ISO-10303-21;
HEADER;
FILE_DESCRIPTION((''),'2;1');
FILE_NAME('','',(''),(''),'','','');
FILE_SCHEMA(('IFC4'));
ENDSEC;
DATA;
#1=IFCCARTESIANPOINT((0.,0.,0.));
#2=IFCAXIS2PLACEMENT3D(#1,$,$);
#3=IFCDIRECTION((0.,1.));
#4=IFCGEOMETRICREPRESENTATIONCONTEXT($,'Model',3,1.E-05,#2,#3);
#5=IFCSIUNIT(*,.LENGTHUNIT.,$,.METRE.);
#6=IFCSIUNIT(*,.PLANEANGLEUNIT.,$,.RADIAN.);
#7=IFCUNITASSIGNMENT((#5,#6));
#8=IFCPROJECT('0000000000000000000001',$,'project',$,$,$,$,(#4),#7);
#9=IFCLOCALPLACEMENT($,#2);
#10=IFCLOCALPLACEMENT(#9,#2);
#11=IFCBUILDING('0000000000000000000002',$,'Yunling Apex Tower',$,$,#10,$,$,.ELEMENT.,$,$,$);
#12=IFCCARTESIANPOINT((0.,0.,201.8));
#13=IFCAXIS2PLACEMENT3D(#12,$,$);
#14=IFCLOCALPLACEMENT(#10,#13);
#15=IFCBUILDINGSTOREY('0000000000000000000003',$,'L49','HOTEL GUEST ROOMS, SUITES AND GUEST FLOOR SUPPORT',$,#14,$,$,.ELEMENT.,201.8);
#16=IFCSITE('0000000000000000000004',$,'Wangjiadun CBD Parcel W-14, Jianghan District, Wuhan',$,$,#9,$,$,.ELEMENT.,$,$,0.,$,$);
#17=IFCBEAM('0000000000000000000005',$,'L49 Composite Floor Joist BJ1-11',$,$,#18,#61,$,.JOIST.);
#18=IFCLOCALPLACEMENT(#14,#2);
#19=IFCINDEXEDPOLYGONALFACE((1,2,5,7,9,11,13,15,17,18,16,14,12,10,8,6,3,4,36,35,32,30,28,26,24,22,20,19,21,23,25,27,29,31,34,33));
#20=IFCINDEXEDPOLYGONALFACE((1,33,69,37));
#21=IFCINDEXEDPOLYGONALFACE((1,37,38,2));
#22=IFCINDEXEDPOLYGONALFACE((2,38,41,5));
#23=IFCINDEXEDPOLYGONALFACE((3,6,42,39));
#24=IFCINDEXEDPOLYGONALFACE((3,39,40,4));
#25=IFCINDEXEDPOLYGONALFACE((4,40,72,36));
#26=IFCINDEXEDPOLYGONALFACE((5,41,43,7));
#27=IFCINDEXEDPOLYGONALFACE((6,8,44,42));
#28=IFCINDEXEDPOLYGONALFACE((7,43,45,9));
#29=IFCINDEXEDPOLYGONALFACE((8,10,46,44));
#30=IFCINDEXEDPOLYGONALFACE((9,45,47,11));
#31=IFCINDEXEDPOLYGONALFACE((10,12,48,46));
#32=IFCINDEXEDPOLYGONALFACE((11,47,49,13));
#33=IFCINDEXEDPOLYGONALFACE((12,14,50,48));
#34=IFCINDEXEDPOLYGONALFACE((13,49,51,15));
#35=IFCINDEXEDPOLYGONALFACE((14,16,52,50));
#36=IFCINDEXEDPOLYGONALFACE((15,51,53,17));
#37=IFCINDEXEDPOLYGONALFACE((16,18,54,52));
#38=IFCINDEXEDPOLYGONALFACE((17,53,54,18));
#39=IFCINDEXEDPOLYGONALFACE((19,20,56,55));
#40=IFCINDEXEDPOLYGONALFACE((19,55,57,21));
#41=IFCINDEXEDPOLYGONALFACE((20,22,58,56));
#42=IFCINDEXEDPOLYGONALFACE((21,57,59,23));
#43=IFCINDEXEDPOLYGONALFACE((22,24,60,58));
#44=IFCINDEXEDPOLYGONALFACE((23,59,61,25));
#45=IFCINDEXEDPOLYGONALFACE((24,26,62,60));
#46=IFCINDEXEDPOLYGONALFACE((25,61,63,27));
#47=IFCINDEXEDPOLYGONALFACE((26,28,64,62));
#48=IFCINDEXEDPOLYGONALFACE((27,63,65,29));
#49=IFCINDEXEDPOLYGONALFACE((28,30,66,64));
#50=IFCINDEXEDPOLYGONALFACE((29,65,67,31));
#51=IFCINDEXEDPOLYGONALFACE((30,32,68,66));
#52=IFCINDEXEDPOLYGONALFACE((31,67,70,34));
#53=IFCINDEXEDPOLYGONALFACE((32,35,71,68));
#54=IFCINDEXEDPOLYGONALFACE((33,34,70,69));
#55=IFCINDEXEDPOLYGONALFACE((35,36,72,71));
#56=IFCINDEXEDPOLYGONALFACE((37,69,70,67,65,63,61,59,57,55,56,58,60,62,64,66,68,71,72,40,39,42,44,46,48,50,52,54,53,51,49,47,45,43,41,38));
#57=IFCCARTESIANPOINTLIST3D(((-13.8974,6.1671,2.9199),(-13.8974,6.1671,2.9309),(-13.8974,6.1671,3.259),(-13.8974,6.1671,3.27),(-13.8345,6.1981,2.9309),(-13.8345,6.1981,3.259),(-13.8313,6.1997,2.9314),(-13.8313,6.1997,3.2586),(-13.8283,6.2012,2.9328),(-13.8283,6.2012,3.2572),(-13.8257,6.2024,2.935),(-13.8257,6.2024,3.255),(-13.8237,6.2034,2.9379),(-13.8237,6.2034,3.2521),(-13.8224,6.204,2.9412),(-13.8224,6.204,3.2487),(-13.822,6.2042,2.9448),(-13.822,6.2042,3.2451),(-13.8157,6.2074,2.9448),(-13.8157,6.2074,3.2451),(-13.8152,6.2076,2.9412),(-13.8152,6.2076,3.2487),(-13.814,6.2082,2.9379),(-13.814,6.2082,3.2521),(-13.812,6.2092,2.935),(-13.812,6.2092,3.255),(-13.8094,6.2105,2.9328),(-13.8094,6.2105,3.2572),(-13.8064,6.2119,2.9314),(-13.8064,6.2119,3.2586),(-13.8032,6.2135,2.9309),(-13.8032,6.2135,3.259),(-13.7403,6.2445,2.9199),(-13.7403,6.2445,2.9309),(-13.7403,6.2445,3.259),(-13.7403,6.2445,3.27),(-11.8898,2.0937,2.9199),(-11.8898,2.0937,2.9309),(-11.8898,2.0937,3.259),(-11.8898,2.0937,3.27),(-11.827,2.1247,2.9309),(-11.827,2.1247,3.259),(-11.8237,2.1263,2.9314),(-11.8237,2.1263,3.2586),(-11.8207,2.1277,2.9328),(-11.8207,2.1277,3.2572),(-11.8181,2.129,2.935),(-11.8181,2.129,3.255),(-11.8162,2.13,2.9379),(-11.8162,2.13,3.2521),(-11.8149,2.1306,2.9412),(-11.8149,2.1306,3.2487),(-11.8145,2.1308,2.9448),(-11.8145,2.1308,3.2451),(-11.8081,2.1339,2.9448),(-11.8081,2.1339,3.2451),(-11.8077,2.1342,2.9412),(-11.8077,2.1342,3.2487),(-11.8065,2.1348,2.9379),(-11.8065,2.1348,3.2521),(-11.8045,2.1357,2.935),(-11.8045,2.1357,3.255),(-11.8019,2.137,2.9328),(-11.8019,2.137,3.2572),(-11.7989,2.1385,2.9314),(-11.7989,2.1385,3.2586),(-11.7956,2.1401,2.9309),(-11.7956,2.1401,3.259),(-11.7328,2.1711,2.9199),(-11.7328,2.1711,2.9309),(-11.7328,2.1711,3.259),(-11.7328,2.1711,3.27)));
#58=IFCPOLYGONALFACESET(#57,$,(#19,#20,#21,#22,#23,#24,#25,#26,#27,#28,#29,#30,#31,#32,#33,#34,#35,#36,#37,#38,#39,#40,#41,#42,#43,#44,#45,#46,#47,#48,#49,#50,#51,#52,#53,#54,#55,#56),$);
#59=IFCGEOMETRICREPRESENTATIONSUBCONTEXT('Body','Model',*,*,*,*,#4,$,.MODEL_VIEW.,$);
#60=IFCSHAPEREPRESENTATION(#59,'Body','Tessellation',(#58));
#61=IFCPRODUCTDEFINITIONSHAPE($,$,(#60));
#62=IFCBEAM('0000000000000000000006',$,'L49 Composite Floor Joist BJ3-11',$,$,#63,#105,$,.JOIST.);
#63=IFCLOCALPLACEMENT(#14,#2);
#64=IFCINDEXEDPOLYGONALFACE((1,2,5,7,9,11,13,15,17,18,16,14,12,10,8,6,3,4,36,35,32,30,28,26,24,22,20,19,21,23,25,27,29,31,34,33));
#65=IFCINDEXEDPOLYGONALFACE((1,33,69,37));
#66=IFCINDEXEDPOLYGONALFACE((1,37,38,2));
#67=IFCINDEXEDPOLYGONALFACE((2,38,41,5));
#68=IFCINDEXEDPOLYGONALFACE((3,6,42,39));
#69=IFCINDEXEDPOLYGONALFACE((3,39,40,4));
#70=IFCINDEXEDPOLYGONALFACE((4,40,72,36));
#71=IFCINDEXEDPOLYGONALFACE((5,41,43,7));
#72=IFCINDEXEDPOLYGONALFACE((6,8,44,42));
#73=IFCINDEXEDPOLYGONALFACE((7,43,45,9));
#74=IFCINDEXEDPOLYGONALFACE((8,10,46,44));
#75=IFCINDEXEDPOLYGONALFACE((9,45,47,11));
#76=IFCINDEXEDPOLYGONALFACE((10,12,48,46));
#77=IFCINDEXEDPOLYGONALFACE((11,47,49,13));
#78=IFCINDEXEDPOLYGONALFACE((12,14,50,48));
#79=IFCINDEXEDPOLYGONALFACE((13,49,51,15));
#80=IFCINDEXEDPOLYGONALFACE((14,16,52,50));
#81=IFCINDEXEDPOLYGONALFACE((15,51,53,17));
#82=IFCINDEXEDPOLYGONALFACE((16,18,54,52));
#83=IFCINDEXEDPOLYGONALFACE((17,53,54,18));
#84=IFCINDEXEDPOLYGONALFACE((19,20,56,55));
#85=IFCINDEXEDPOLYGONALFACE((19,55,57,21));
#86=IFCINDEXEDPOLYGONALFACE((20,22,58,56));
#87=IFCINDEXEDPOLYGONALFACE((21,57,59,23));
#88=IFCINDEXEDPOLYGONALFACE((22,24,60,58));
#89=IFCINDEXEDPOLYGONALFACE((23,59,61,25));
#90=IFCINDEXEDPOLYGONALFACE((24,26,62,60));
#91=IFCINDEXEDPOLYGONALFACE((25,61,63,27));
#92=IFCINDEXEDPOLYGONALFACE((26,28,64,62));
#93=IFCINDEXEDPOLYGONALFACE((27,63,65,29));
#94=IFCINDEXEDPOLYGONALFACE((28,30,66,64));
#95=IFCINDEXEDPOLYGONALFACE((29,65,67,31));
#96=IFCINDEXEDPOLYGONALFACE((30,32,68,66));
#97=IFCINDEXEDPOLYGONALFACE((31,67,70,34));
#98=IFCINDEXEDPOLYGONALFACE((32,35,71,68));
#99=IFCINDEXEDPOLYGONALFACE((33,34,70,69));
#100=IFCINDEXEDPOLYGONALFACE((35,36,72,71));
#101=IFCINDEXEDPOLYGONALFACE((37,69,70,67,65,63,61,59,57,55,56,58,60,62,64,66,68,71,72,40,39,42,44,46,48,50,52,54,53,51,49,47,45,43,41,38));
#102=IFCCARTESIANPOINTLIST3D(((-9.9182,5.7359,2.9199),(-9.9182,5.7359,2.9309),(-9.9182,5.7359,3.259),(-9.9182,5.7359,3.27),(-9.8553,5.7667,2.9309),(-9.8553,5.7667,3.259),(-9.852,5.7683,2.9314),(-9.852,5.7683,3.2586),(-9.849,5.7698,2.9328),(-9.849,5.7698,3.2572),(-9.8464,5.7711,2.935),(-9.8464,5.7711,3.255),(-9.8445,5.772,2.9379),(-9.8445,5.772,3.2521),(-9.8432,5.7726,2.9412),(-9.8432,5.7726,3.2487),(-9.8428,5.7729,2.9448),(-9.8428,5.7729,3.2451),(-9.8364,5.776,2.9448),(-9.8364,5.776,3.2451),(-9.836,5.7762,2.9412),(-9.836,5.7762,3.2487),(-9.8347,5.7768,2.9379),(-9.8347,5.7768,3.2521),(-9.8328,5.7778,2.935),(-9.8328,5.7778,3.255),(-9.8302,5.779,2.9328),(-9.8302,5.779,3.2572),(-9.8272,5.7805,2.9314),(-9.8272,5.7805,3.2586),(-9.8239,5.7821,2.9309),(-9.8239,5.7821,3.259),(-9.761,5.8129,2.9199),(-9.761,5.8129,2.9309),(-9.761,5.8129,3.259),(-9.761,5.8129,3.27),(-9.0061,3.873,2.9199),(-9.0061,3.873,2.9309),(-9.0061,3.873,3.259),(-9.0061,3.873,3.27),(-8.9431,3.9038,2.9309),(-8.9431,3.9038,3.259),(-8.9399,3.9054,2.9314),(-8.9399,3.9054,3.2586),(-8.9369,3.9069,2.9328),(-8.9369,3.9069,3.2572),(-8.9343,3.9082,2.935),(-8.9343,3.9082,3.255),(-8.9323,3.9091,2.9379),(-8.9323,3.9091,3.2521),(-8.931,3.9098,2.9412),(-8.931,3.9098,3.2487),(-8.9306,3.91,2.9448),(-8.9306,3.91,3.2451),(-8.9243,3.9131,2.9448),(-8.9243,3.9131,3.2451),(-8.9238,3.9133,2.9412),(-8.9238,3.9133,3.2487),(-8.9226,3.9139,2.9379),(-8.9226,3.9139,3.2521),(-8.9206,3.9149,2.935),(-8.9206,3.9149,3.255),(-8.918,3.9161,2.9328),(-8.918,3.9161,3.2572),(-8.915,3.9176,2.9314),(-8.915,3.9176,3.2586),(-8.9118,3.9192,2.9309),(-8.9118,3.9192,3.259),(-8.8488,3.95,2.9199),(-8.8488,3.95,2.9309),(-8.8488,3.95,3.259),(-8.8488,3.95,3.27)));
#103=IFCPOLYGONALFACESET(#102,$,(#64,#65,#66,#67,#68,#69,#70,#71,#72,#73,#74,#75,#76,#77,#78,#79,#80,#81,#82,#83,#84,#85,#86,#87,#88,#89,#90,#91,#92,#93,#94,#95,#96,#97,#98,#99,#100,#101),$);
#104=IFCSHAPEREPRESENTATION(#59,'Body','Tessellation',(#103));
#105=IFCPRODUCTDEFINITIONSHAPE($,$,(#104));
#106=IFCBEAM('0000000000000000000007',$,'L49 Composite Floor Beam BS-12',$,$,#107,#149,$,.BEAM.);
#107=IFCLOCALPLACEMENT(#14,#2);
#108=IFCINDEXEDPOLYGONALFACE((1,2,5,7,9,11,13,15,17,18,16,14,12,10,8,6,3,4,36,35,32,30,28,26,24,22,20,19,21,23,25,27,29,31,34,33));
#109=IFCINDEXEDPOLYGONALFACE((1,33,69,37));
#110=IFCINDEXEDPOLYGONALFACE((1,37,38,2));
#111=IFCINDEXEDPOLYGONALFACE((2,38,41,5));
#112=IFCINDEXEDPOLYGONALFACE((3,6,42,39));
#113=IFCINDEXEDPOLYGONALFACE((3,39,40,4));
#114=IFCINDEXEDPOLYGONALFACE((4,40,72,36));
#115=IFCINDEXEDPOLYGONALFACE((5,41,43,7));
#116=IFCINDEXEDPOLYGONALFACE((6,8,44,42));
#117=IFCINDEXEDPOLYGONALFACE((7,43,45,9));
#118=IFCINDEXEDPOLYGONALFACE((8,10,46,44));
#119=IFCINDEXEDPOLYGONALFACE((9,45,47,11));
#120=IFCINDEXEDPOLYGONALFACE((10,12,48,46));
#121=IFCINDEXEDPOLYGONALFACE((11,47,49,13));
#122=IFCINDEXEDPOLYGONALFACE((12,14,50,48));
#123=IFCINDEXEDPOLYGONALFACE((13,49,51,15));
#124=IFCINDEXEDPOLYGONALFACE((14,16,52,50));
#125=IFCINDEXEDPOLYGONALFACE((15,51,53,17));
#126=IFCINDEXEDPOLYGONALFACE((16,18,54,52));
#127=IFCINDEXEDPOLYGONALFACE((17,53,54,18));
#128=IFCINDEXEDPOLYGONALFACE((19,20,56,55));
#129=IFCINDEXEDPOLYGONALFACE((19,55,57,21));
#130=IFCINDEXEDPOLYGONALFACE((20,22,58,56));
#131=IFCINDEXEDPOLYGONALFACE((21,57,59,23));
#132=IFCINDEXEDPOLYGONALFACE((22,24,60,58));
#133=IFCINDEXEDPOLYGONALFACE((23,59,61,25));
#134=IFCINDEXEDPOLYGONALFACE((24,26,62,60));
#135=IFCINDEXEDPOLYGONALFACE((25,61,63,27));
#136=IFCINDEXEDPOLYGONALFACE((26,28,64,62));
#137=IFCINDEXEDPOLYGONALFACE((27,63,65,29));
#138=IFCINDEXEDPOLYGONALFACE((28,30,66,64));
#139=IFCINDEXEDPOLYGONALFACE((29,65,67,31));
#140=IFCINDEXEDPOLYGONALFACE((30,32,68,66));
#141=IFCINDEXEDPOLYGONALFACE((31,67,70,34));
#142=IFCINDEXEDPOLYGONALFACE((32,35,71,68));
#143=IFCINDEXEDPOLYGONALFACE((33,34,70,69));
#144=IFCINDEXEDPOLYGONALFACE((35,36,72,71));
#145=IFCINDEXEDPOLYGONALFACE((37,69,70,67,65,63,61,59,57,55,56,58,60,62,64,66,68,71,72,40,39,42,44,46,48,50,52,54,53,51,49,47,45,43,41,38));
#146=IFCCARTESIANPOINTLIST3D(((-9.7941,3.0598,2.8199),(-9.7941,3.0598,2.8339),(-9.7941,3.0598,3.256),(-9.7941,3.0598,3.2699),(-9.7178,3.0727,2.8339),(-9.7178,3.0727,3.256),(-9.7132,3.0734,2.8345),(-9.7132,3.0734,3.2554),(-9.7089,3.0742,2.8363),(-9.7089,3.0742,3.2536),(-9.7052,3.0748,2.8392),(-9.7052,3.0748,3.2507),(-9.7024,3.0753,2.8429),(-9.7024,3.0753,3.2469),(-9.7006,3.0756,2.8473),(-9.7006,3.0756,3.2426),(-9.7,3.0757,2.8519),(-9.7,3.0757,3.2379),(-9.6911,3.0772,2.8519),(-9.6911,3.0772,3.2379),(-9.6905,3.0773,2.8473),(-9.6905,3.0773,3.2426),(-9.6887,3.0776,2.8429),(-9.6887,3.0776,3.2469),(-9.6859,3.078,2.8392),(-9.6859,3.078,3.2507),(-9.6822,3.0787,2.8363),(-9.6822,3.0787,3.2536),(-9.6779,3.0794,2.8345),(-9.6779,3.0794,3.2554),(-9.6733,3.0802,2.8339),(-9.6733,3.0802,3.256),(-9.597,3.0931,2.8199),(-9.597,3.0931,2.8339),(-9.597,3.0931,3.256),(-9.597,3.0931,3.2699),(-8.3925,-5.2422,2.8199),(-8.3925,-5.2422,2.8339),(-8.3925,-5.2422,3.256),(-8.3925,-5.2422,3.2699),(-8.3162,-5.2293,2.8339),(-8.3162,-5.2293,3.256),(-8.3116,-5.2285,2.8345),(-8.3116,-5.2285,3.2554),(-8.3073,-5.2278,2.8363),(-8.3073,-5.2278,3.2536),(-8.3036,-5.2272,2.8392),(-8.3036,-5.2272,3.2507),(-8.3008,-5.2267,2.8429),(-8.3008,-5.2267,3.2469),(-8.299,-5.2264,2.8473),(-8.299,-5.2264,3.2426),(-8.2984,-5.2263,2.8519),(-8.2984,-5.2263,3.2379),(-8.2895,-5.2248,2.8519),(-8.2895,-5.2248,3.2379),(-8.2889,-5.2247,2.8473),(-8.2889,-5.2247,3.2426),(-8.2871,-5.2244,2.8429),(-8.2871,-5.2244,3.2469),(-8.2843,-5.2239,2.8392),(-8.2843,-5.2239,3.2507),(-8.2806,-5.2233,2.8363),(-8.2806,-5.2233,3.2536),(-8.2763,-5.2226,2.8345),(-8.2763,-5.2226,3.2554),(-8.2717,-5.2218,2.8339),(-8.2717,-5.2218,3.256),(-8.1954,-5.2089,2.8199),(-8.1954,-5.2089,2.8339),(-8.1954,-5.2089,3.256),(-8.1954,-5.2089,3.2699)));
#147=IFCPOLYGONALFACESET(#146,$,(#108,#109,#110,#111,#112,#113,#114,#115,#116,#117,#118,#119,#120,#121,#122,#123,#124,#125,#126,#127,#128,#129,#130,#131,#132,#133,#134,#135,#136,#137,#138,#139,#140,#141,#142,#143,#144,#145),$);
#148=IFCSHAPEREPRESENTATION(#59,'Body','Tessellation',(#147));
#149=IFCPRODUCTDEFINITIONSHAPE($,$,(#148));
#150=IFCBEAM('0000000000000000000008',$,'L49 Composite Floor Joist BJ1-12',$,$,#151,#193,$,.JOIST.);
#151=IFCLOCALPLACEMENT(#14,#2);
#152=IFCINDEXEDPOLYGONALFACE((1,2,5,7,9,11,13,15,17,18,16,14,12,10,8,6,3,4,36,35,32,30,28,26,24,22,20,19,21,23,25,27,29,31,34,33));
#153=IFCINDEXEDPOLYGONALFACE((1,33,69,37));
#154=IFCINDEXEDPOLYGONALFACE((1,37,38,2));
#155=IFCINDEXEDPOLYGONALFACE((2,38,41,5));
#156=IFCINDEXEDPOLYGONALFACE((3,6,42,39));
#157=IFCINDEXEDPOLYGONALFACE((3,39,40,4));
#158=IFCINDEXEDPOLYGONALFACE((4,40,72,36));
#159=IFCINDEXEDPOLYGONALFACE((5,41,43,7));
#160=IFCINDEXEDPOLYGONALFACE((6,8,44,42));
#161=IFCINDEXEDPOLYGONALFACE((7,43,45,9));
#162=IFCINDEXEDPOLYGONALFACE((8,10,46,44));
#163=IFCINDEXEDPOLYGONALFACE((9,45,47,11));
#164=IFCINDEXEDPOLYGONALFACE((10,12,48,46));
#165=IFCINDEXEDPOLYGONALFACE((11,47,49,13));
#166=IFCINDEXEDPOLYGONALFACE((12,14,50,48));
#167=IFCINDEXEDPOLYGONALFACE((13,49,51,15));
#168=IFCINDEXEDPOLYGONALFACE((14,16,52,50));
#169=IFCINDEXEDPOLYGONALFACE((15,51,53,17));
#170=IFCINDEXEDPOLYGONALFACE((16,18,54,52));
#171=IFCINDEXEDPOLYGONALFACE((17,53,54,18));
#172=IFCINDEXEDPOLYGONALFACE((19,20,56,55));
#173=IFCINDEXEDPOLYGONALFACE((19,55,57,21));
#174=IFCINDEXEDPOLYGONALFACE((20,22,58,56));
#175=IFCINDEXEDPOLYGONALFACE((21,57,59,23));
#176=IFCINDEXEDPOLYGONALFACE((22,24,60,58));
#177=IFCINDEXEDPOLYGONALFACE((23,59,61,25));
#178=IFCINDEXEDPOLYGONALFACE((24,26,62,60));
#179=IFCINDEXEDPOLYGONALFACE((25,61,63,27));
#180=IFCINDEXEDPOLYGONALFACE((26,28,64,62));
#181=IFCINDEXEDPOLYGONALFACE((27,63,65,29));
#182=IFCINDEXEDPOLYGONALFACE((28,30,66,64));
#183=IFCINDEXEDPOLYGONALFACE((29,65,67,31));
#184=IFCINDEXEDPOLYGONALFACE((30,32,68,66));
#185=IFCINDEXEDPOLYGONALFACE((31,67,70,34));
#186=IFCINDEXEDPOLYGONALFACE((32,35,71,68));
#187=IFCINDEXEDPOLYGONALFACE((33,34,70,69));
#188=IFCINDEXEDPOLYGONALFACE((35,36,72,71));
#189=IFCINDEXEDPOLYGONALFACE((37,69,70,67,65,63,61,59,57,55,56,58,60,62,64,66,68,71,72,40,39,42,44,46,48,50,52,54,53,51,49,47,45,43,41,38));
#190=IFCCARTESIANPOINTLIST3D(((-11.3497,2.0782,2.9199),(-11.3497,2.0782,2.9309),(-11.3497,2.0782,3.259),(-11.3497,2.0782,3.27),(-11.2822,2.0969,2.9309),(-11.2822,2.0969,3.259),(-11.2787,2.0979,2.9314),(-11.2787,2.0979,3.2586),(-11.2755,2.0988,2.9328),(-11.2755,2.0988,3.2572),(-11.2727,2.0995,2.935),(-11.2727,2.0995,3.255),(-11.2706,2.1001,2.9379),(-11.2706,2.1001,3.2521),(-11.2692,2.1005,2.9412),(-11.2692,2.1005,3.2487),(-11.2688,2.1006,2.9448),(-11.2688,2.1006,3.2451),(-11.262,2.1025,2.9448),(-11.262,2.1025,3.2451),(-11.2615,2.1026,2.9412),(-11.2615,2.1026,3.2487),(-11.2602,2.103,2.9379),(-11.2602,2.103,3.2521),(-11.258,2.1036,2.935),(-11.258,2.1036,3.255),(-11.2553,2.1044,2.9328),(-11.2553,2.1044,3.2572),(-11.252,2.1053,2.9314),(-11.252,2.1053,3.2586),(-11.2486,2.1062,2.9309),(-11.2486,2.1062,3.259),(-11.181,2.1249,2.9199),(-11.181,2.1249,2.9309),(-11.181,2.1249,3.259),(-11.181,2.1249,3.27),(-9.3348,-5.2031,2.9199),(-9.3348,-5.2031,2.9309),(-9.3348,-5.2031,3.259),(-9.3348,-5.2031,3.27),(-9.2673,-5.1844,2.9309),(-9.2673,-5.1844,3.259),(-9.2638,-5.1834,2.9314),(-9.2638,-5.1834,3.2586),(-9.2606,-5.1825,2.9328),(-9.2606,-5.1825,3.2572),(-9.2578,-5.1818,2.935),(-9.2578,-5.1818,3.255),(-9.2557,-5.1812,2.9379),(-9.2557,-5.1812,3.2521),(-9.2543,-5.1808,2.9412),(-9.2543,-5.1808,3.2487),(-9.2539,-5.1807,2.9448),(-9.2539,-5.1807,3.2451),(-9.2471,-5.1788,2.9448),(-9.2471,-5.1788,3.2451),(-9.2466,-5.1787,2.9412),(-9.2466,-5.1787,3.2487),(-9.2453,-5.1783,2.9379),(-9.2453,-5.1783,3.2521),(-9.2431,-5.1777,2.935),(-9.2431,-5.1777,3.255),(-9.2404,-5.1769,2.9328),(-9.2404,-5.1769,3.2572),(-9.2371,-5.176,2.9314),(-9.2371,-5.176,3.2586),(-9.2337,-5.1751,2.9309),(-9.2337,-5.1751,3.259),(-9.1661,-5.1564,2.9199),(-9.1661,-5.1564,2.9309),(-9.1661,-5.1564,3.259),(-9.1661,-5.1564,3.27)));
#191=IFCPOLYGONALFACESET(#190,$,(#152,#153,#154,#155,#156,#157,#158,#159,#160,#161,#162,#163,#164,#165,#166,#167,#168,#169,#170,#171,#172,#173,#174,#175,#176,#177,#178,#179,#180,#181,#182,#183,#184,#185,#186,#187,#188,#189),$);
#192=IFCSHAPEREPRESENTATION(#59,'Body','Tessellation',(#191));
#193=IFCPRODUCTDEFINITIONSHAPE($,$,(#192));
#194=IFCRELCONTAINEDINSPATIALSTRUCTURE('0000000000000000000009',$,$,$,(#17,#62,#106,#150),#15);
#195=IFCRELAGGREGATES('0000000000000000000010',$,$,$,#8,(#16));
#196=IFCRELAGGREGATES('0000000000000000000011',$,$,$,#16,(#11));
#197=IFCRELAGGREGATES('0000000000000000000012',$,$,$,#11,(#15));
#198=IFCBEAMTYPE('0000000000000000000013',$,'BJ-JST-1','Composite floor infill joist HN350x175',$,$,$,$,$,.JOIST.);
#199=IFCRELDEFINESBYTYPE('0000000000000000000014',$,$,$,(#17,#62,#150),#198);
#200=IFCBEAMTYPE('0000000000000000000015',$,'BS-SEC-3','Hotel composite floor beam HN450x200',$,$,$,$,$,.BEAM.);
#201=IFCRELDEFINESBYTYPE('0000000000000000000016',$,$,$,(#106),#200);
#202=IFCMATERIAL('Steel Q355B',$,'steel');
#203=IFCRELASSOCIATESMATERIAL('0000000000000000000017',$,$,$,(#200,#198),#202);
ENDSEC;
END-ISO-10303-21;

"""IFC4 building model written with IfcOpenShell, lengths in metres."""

from ifc_helpers import new_model, si_unit, direction, frame, origin, origin_2d, place, context, subcontext, project, spatial, i_section, extrude, source, transform, mapped, material, material_profile, profile_set, type_object, element, save


model = new_model("IFC4")

# Units and contexts
model_context = context("Model", 3, precision=1e-05, world=origin(), true_north=direction((0.0, 1.0)))
body_context = subcontext(model_context, "Body", "Model", "MODEL_VIEW")
ifc_project = project(units=[si_unit("LENGTHUNIT", "METRE"), si_unit("PLANEANGLEUNIT", "RADIAN")], contexts=[model_context])

# Site, building, storey
site_placement = place(None, origin())
site = spatial("IfcSite", under=ifc_project, at=site_placement, Name="Wangjiadun CBD Parcel W-14, Jianghan District, Wuhan", CompositionType="ELEMENT", RefElevation=0.0)
building_placement = place(site_placement, origin())
building = spatial("IfcBuilding", under=site, at=building_placement, Name="Yunling Apex Tower", CompositionType="ELEMENT")
storey_placement = place(building_placement, frame((0.0, 0.0, 201.8)))
storey = spatial("IfcBuildingStorey", under=building, at=storey_placement, Name="L49", Description="HOTEL GUEST ROOMS, SUITES AND GUEST FLOOR SUPPORT", CompositionType="ELEMENT", Elevation=201.8)

# Beams
ifc_material_1 = material(Name="Steel Q355B", Category="steel")
ifc_material_profile_1 = material_profile(ifc_material_1, i_section(OverallWidth=0.2, OverallDepth=0.45, WebThickness=0.009, FlangeThickness=0.0139, FilletRadius=0.0181, at=origin_2d()))
ifc_profile_set_1 = profile_set([ifc_material_profile_1], Name="Steel Q355B")
beam_type_1 = type_object("IfcBeamType", Name="BS-SEC-3", Description="Hotel composite floor beam HN450x200", PredefinedType="BEAM", material=ifc_profile_set_1)
ifc_material_profile_2 = material_profile(ifc_material_1, i_section(OverallWidth=0.175, OverallDepth=0.3501, WebThickness=0.0071, FlangeThickness=0.011, FilletRadius=0.0139, at=origin_2d()))
ifc_profile_set_2 = profile_set([ifc_material_profile_2], Name="Steel Q355B")
beam_type_2 = type_object("IfcBeamType", Name="BJ-JST-1", Description="Composite floor infill joist HN350x175", PredefinedType="JOIST", material=ifc_profile_set_2)
shared_shape_1 = source(origin(), body_context, "Body", "SweptSolid", [
    extrude(i_section(OverallWidth=0.175, OverallDepth=0.3501, WebThickness=0.0071, FlangeThickness=0.011, FilletRadius=0.0139, at=origin_2d()), origin(), (0.0, 0.0, 1.0), 4.5413),
])
beam_1_placement = place(storey_placement, frame((-13.8188, 6.2058, 3.095), z_axis=(0.442067, -0.896982, 0.0), x_axis=(0.896982, 0.442067, 0.0)))
element("IfcBeam", 1, at=beam_1_placement, inside=storey, type_object=beam_type_2, Name="L49 Composite Floor Joist BJ1-11", PredefinedType="JOIST", context=body_context, shape_type="MappedRepresentation", body=[
    mapped(shared_shape_1, transform((0.0, 0.0, 0.0), scale=1.0)),
])
shared_shape_2 = source(origin(), body_context, "Body", "SweptSolid", [
    extrude(i_section(OverallWidth=0.175, OverallDepth=0.3501, WebThickness=0.0071, FlangeThickness=0.011, FilletRadius=0.0139, at=origin_2d()), origin(), (0.0, 0.0, 1.0), 2.0742),
])
beam_2_placement = place(storey_placement, frame((-9.8396, 5.7744, 3.095), z_axis=(0.439759, -0.898116, 0.0), x_axis=(0.898116, 0.439759, 0.0)))
element("IfcBeam", 2, at=beam_2_placement, inside=storey, type_object=beam_type_2, Name="L49 Composite Floor Joist BJ3-11", PredefinedType="JOIST", context=body_context, shape_type="MappedRepresentation", body=[
    mapped(shared_shape_2, transform((0.0, 0.0, 0.0), scale=1.0)),
])
shared_shape_3 = source(origin(), body_context, "Body", "SweptSolid", [
    extrude(i_section(OverallWidth=0.2, OverallDepth=0.45, WebThickness=0.009, FlangeThickness=0.0139, FilletRadius=0.0181, at=origin_2d()), origin(), (0.0, 0.0, 1.0), 8.4194),
])
beam_3_placement = place(storey_placement, frame((-9.6956, 3.0764, 3.0449), z_axis=(0.166472, -0.986046, 0.0), x_axis=(0.986046, 0.166472, 0.0)))
element("IfcBeam", 3, at=beam_3_placement, inside=storey, type_object=beam_type_1, Name="L49 Composite Floor Beam BS-12", PredefinedType="BEAM", context=body_context, shape_type="MappedRepresentation", body=[
    mapped(shared_shape_3, transform((0.0, 0.0, 0.0), scale=1.0)),
])
shared_shape_4 = source(origin(), body_context, "Body", "SweptSolid", [
    extrude(i_section(OverallWidth=0.175, OverallDepth=0.3501, WebThickness=0.0071, FlangeThickness=0.011, FilletRadius=0.0139, at=origin_2d()), origin(), (0.0, 0.0, 1.0), 7.5549),
])
beam_4_placement = place(storey_placement, frame((-11.2654, 2.1016, 3.095), z_axis=(0.2667, -0.963779, 0.0), x_axis=(0.963779, 0.2667, 0.0)))
element("IfcBeam", 4, at=beam_4_placement, inside=storey, type_object=beam_type_2, Name="L49 Composite Floor Joist BJ1-12", PredefinedType="JOIST", context=body_context, shape_type="MappedRepresentation", body=[
    mapped(shared_shape_4, transform((0.0, 0.0, 0.0), scale=1.0)),
])

save(model, "model.ifc")
